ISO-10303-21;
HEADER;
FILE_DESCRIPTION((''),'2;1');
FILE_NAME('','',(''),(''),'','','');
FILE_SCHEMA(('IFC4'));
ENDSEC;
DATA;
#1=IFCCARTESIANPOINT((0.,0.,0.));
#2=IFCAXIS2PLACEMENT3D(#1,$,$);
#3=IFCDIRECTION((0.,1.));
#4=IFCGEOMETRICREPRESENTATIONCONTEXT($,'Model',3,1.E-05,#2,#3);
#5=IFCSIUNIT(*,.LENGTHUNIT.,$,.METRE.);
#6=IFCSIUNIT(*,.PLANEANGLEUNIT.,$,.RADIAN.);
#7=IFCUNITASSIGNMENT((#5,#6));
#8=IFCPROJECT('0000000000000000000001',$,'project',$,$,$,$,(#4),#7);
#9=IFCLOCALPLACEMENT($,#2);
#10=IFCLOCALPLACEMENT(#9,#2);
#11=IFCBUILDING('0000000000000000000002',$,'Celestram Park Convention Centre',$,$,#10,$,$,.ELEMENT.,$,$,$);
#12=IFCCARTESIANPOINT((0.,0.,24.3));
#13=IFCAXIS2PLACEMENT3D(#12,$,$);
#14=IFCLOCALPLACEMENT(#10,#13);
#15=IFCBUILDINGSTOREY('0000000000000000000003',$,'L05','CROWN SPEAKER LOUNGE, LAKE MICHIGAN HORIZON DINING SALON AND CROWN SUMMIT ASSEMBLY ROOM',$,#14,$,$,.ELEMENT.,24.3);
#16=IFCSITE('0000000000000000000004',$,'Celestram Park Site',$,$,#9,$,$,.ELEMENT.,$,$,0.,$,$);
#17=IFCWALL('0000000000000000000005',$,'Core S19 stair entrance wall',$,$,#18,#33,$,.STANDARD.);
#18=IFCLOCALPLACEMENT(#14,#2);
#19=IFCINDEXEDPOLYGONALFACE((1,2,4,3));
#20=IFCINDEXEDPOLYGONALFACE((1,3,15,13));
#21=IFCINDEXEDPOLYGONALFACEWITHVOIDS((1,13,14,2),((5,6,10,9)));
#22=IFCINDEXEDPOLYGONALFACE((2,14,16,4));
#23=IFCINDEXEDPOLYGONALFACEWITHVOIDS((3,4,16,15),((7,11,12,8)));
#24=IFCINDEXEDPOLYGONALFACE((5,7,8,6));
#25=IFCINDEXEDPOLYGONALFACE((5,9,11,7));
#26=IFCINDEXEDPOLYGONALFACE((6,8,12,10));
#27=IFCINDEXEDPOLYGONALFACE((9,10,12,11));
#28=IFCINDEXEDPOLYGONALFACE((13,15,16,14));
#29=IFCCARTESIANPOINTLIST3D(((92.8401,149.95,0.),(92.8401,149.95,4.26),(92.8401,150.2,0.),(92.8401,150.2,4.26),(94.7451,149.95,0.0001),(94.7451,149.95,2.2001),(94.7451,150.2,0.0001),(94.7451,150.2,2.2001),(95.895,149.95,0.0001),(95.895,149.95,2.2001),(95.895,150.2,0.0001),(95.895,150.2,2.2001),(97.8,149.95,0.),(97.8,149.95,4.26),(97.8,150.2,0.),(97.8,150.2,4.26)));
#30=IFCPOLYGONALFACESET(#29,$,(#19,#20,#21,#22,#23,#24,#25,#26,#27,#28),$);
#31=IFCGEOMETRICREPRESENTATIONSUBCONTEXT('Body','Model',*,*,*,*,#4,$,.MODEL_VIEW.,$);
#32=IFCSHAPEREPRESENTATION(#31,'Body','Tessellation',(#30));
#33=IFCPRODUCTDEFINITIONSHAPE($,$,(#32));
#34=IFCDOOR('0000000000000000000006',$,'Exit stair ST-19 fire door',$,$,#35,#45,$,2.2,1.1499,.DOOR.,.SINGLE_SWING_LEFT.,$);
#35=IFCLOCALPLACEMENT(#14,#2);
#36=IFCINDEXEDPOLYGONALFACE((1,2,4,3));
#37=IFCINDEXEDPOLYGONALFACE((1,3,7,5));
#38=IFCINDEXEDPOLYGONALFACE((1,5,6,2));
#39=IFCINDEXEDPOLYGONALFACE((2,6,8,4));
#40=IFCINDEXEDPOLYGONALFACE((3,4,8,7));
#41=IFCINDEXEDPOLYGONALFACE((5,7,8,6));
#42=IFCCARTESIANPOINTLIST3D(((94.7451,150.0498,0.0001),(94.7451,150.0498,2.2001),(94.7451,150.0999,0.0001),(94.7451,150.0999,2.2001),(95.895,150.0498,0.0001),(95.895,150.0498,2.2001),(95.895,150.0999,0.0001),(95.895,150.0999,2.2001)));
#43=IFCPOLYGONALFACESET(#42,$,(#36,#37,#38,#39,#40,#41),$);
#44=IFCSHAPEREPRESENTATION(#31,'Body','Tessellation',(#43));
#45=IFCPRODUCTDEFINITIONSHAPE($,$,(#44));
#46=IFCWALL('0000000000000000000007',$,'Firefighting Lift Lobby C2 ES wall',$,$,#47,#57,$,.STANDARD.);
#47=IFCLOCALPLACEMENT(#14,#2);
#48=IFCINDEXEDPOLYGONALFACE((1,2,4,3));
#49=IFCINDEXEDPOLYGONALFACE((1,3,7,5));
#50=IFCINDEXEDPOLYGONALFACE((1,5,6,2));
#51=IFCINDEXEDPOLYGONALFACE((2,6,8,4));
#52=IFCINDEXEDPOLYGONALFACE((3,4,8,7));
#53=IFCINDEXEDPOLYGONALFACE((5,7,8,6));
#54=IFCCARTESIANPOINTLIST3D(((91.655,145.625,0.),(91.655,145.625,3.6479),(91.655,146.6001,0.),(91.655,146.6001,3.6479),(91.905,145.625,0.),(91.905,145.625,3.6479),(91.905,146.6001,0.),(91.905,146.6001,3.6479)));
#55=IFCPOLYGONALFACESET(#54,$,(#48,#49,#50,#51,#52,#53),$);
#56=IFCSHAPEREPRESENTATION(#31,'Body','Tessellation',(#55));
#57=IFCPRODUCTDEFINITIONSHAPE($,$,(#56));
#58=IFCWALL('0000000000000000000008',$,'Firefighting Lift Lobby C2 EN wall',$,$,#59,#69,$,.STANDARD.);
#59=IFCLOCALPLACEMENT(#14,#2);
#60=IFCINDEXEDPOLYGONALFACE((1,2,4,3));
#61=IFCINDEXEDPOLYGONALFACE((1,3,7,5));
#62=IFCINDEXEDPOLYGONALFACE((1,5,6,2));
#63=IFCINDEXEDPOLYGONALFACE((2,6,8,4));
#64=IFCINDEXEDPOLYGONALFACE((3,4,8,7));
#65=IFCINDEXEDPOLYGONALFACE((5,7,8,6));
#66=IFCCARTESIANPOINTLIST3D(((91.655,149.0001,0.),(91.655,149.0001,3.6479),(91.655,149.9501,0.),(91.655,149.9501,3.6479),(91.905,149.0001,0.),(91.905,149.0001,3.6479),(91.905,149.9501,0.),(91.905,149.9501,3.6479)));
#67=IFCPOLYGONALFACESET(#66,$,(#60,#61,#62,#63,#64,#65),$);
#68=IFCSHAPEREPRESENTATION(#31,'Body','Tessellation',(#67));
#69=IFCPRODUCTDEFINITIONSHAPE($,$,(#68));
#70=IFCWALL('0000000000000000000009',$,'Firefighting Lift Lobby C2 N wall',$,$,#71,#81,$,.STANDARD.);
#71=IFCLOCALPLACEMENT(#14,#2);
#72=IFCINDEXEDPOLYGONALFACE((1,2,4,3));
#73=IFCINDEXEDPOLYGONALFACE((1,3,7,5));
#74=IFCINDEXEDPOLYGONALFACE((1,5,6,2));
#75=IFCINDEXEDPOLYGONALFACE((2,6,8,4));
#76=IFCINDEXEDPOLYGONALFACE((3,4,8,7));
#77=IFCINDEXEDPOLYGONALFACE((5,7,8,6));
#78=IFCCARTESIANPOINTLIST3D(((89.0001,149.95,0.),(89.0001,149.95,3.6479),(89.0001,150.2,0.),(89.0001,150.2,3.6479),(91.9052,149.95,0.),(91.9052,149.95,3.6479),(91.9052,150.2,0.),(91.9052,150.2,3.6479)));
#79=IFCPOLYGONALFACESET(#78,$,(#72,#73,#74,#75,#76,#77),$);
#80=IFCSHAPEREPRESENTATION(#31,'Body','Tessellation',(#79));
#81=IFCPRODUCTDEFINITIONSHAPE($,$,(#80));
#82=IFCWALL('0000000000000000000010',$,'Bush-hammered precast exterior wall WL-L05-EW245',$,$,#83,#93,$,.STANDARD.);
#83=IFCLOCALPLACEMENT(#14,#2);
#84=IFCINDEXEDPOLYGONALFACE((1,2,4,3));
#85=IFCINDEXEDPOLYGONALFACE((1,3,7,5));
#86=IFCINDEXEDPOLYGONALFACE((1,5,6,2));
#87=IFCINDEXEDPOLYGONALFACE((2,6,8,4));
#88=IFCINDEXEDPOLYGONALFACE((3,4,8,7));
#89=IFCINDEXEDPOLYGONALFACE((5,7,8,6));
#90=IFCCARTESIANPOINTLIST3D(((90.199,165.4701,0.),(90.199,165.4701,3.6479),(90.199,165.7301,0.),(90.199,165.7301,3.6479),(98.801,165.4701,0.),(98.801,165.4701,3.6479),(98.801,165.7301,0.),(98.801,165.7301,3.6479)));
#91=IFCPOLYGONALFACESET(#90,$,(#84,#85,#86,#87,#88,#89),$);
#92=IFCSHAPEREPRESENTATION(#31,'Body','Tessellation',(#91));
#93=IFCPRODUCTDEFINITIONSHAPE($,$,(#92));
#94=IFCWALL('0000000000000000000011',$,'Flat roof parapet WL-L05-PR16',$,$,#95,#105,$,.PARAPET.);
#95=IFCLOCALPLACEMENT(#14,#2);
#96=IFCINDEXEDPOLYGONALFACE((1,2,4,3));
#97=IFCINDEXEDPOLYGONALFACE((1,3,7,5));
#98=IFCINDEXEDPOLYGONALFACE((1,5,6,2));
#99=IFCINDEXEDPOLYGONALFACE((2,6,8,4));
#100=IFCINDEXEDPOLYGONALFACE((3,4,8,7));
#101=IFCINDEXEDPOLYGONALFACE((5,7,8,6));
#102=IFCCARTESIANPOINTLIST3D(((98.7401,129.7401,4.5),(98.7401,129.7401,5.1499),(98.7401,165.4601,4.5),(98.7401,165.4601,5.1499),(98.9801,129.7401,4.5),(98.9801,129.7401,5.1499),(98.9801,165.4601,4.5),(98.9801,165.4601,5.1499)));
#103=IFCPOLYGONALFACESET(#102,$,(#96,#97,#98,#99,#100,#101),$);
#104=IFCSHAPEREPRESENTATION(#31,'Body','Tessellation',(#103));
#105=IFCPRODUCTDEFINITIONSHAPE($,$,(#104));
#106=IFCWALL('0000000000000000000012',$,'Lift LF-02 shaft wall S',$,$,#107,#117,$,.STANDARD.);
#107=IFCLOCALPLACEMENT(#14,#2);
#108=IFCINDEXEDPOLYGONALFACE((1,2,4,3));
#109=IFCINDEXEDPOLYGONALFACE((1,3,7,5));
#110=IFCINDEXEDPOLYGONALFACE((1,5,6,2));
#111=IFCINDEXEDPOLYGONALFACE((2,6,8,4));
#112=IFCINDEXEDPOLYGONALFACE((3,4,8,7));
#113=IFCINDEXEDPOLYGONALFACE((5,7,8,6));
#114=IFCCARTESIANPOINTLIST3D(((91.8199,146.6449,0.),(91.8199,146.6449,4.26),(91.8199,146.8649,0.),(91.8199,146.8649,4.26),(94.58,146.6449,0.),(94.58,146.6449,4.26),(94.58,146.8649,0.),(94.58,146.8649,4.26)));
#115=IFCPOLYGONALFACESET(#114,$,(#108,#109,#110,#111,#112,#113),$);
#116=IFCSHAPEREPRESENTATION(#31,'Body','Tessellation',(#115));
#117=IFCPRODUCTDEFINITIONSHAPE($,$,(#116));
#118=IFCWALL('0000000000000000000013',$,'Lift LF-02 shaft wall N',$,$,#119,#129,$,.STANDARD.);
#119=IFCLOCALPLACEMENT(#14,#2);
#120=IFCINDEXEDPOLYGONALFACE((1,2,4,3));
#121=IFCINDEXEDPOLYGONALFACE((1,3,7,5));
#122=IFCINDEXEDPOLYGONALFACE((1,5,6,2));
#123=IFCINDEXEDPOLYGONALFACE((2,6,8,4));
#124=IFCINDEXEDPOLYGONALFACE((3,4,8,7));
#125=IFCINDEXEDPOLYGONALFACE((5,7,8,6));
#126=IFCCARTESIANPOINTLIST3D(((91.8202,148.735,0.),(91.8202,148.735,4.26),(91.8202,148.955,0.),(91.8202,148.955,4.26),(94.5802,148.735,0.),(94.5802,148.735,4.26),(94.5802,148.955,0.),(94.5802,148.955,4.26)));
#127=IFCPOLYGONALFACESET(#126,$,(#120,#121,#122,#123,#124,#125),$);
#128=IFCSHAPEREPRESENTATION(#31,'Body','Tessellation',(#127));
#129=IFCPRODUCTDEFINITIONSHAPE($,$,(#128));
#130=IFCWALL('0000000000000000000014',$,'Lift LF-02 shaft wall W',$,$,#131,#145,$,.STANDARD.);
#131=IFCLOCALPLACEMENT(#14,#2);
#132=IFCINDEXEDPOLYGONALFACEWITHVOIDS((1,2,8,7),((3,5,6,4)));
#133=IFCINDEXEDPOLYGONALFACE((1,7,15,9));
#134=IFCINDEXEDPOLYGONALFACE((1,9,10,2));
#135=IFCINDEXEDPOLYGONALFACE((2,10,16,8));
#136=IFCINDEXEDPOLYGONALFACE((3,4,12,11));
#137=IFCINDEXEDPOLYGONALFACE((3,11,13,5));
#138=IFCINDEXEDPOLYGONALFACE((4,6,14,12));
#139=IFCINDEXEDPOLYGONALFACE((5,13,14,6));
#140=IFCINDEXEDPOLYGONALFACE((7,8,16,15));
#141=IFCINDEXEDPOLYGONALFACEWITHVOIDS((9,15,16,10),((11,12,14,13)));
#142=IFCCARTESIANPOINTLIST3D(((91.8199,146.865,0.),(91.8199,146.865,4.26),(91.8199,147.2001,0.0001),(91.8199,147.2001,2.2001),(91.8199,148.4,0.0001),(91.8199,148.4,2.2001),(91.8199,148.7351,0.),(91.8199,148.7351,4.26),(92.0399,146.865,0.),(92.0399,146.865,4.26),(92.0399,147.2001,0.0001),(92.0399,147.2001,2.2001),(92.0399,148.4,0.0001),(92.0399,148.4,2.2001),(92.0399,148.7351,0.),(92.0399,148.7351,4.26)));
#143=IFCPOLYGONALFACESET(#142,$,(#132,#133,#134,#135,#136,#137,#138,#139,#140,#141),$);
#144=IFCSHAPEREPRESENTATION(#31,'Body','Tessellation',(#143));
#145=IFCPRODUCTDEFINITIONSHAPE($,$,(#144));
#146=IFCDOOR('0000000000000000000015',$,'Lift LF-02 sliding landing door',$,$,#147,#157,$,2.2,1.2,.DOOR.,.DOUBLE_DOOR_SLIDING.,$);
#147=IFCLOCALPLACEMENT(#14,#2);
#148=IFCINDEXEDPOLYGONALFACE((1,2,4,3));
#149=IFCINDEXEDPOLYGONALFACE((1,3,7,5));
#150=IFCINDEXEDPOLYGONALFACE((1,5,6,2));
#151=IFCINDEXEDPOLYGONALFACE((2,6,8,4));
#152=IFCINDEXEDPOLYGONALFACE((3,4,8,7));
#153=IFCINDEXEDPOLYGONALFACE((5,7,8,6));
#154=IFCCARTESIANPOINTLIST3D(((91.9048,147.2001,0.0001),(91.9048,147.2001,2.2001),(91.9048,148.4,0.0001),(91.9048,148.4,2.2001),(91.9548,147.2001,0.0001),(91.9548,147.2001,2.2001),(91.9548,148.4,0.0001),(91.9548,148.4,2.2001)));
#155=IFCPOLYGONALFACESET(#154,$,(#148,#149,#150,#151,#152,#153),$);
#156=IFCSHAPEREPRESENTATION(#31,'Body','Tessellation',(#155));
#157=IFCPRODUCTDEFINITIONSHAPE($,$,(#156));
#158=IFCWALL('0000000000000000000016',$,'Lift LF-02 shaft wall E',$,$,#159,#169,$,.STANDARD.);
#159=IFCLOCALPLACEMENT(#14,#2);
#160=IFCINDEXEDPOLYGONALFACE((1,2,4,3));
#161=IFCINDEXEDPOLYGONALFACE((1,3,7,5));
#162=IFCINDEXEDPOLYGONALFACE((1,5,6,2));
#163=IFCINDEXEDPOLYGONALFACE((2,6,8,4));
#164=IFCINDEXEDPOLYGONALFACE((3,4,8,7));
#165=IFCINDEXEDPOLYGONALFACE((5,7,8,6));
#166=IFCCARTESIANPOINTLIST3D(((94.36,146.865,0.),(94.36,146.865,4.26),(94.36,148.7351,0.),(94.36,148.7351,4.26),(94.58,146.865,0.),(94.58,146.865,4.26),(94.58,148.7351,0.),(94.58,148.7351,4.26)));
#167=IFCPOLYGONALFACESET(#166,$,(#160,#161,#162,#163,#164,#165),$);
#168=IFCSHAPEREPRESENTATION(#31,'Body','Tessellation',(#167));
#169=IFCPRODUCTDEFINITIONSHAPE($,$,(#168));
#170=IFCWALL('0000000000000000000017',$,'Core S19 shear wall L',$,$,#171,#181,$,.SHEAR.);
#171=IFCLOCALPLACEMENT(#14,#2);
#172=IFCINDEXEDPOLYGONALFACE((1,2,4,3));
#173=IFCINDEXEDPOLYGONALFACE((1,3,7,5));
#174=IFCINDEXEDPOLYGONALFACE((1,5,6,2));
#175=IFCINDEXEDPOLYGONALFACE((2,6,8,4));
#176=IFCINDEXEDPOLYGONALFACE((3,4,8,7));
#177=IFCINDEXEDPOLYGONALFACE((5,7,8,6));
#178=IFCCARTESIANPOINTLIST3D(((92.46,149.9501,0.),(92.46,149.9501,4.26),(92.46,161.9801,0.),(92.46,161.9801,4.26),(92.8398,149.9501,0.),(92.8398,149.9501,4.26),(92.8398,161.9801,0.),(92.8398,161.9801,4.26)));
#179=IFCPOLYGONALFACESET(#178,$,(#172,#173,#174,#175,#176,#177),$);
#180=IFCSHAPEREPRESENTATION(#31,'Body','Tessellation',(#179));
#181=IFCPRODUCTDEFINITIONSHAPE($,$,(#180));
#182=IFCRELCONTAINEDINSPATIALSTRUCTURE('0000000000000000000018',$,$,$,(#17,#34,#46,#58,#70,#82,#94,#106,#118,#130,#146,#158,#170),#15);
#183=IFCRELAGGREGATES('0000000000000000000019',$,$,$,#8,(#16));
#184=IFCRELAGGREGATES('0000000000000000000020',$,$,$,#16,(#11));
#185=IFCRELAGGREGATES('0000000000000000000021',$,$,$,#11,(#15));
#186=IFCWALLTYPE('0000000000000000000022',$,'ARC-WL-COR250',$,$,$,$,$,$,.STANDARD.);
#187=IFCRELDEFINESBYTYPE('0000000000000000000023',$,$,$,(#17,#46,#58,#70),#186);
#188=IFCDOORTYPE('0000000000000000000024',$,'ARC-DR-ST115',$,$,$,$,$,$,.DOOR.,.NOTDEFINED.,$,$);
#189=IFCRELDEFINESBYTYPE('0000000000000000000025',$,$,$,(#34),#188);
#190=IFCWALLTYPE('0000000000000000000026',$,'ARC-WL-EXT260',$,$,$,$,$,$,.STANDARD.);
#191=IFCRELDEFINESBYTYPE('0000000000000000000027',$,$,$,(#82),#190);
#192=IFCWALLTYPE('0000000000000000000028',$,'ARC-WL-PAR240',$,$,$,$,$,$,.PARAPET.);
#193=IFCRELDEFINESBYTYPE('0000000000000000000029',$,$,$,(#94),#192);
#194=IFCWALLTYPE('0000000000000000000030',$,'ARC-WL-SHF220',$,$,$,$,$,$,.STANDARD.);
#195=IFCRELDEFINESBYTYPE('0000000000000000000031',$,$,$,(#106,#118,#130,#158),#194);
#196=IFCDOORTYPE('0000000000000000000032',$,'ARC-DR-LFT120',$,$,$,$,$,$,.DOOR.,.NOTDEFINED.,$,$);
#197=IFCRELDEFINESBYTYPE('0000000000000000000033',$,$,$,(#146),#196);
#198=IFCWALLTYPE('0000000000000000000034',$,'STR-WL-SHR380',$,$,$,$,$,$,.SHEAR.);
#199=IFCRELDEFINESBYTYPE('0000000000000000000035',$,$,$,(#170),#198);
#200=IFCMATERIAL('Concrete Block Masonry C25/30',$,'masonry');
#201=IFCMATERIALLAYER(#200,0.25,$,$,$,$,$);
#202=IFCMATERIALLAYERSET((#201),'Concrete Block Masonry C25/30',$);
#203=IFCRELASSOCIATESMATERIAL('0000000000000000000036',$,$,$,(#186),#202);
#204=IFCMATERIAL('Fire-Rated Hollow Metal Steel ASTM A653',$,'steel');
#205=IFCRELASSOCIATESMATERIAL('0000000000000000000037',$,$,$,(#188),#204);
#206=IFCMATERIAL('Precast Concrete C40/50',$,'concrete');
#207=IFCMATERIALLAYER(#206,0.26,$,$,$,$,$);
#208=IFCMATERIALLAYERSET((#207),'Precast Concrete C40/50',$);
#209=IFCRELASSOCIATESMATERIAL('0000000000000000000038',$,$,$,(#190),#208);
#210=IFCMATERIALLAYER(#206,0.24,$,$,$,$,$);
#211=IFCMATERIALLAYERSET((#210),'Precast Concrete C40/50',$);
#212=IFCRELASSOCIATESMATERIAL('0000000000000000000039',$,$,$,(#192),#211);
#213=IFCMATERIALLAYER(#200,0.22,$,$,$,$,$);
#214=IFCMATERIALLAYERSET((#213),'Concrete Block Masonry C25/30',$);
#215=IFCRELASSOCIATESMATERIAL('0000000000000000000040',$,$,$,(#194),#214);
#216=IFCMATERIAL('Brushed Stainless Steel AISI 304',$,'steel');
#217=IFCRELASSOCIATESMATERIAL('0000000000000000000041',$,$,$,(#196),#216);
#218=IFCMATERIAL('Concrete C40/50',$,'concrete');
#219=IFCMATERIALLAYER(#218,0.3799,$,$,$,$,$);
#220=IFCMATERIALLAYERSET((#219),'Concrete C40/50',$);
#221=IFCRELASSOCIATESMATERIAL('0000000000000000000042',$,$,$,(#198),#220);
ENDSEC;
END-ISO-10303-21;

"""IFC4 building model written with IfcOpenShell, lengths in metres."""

from ifc_helpers import new_model, si_unit, direction, frame, frame_2d, origin, place, context, subcontext, project, spatial, rectangle, extrude, material, layer, layer_set, type_object, element, fill, save


model = new_model("IFC4")

# Units and contexts
model_context = context("Model", 3, precision=1e-05, world=origin(), true_north=direction((0.0, 1.0)))
body_context = subcontext(model_context, "Body", "Model", "MODEL_VIEW")
ifc_project = project(units=[si_unit("LENGTHUNIT", "METRE"), si_unit("PLANEANGLEUNIT", "RADIAN")], contexts=[model_context])

# Site, building, storey
site_placement = place(None, origin())
site = spatial("IfcSite", under=ifc_project, at=site_placement, Name="Celestram Park Site", CompositionType="ELEMENT", RefElevation=0.0)
building_placement = place(site_placement, origin())
building = spatial("IfcBuilding", under=site, at=building_placement, Name="Celestram Park Convention Centre", CompositionType="ELEMENT")
storey_placement = place(building_placement, frame((0.0, 0.0, 24.3)))
storey = spatial("IfcBuildingStorey", under=building, at=storey_placement, Name="L05", Description="CROWN SPEAKER LOUNGE, LAKE MICHIGAN HORIZON DINING SALON AND CROWN SUMMIT ASSEMBLY ROOM", CompositionType="ELEMENT", Elevation=24.3)

# Wall, opening, door
ifc_material_1 = material(Name="Concrete Block Masonry C25/30", Category="masonry")
ifc_layer_1 = layer(ifc_material_1, 0.25)
ifc_layer_set_1 = layer_set([ifc_layer_1], Name="Concrete Block Masonry C25/30")
wall_type_1 = type_object("IfcWallType", Name="ARC-WL-COR250", PredefinedType="STANDARD", material=ifc_layer_set_1)
wall_1_placement = place(storey_placement, frame((92.8401, 150.075, 0.0), z_axis=(0.0, 0.0, 1.0), x_axis=(1.0, 0.0, 0.0)))
wall_1 = element("IfcWall", 1, at=wall_1_placement, inside=storey, type_object=wall_type_1, Name="Core S19 stair entrance wall", PredefinedType="STANDARD", context=body_context, shape_type="SweptSolid", body=[
    extrude(rectangle(XDim=4.96, YDim=0.25, at=frame_2d((2.48, 0.0))), origin(), (0.0, 0.0, 1.0), 4.26),
])
opening_1_placement = place(wall_1_placement, frame((1.905, 0.0, 0.0)))
opening_1 = element("IfcOpeningElement", 2, at=opening_1_placement, cuts=wall_1, PredefinedType="OPENING", context=body_context, shape_type="SweptSolid", body=[
    extrude(rectangle(XDim=1.1499, YDim=2.2, at=frame_2d((0.575, 1.1001))), frame((0.0, 0.135, 0.0), z_axis=(0.0, -1.0, 0.0), x_axis=(1.0, 0.0, 0.0)), (0.0, 0.0, 1.0), 0.27),
])
ifc_material_2 = material(Name="Fire-Rated Hollow Metal Steel ASTM A653", Category="steel")
door_type_1 = type_object("IfcDoorType", Name="ARC-DR-ST115", OperationType="NOTDEFINED", PredefinedType="DOOR", material=ifc_material_2)
door_1_placement = place(opening_1_placement, origin())
door_1 = element("IfcDoor", 3, at=door_1_placement, inside=storey, type_object=door_type_1, Name="Exit stair ST-19 fire door", OperationType="SINGLE_SWING_LEFT", OverallHeight=2.2, OverallWidth=1.1499, PredefinedType="DOOR", context=body_context, shape_type="SweptSolid", body=[
    extrude(rectangle(XDim=1.1499, YDim=2.2, at=frame_2d((0.575, 1.1001))), frame((0.0, 0.0249, 0.0), z_axis=(0.0, -1.0, 0.0), x_axis=(1.0, 0.0, 0.0)), (0.0, 0.0, 1.0), 0.05),
])
fill(opening_1, door_1)

# Walls
wall_2_placement = place(storey_placement, frame((91.78, 145.625, 0.0), z_axis=(0.0, 0.0, 1.0), x_axis=(0.0, 1.0, 0.0)))
element("IfcWall", 4, at=wall_2_placement, inside=storey, type_object=wall_type_1, Name="Firefighting Lift Lobby C2 ES wall", PredefinedType="STANDARD", context=body_context, shape_type="SweptSolid", body=[
    extrude(rectangle(XDim=0.9751, YDim=0.25, at=frame_2d((0.4875, 0.0))), origin(), (0.0, 0.0, 1.0), 3.6479),
])
wall_3_placement = place(storey_placement, frame((91.78, 149.0, 0.0), z_axis=(0.0, 0.0, 1.0), x_axis=(0.0, 1.0, 0.0)))
element("IfcWall", 5, at=wall_3_placement, inside=storey, type_object=wall_type_1, Name="Firefighting Lift Lobby C2 EN wall", PredefinedType="STANDARD", context=body_context, shape_type="SweptSolid", body=[
    extrude(rectangle(XDim=0.95, YDim=0.25, at=frame_2d((0.4751, 0.0))), origin(), (0.0, 0.0, 1.0), 3.6479),
])
wall_4_placement = place(storey_placement, frame((89.0, 150.075, 0.0), z_axis=(0.0, 0.0, 1.0), x_axis=(1.0, 0.0, 0.0)))
element("IfcWall", 6, at=wall_4_placement, inside=storey, type_object=wall_type_1, Name="Firefighting Lift Lobby C2 N wall", PredefinedType="STANDARD", context=body_context, shape_type="SweptSolid", body=[
    extrude(rectangle(XDim=2.905, YDim=0.25, at=frame_2d((1.4526, 0.0))), origin(), (0.0, 0.0, 1.0), 3.6479),
])
ifc_material_3 = material(Name="Precast Concrete C40/50", Category="concrete")
ifc_layer_2 = layer(ifc_material_3, 0.26)
ifc_layer_set_2 = layer_set([ifc_layer_2], Name="Precast Concrete C40/50")
wall_type_2 = type_object("IfcWallType", Name="ARC-WL-EXT260", PredefinedType="STANDARD", material=ifc_layer_set_2)
wall_5_placement = place(storey_placement, frame((90.199, 165.6001, 0.0), z_axis=(0.0, 0.0, 1.0), x_axis=(1.0, 0.0, 0.0)))
element("IfcWall", 7, at=wall_5_placement, inside=storey, type_object=wall_type_2, Name="Bush-hammered precast exterior wall WL-L05-EW245", PredefinedType="STANDARD", context=body_context, shape_type="SweptSolid", body=[
    extrude(rectangle(XDim=8.6021, YDim=0.26, at=frame_2d((4.301, 0.0))), origin(), (0.0, 0.0, 1.0), 3.6479),
])
ifc_layer_3 = layer(ifc_material_3, 0.24)
ifc_layer_set_3 = layer_set([ifc_layer_3], Name="Precast Concrete C40/50")
wall_type_3 = type_object("IfcWallType", Name="ARC-WL-PAR240", PredefinedType="PARAPET", material=ifc_layer_set_3)
wall_6_placement = place(storey_placement, frame((98.8601, 165.46, 4.5), z_axis=(0.0, 0.0, 1.0), x_axis=(0.0, -1.0, 0.0)))
element("IfcWall", 8, at=wall_6_placement, inside=storey, type_object=wall_type_3, Name="Flat roof parapet WL-L05-PR16", PredefinedType="PARAPET", context=body_context, shape_type="SweptSolid", body=[
    extrude(rectangle(XDim=35.72, YDim=0.24, at=frame_2d((17.8599, 0.0))), origin(), (0.0, 0.0, 1.0), 0.6499),
])
ifc_layer_4 = layer(ifc_material_1, 0.22)
ifc_layer_set_4 = layer_set([ifc_layer_4], Name="Concrete Block Masonry C25/30")
wall_type_4 = type_object("IfcWallType", Name="ARC-WL-SHF220", PredefinedType="STANDARD", material=ifc_layer_set_4)
for number, where, z_axis, x_axis, name in (
    (9, (91.8201, 146.7549, 0.0), (0.0, 0.0, 1.0), (1.0, 0.0, 0.0), "Lift LF-02 shaft wall S"),
    (10, (94.5801, 148.845, 0.0), (0.0, 0.0, 1.0), (-1.0, 0.0, 0.0), "Lift LF-02 shaft wall N"),
):
    element("IfcWall", number, at=place(storey_placement, frame(where, z_axis=z_axis, x_axis=x_axis)), inside=storey, type_object=wall_type_4, Name=name, PredefinedType="STANDARD", context=body_context, shape_type="SweptSolid", body=[
        extrude(rectangle(XDim=2.76, YDim=0.22, at=frame_2d((1.3799, 0.0))), origin(), (0.0, 0.0, 1.0), 4.26),
    ])

# Wall, opening, door
wall_7_placement = place(storey_placement, frame((91.9299, 148.7351, 0.0), z_axis=(0.0, 0.0, 1.0), x_axis=(0.0, -1.0, 0.0)))
wall_7 = element("IfcWall", 11, at=wall_7_placement, inside=storey, type_object=wall_type_4, Name="Lift LF-02 shaft wall W", PredefinedType="STANDARD", context=body_context, shape_type="SweptSolid", body=[
    extrude(rectangle(XDim=1.8701, YDim=0.22, at=frame_2d((0.9351, 0.0))), origin(), (0.0, 0.0, 1.0), 4.26),
])
opening_2_placement = place(wall_7_placement, frame((0.335, 0.0, 0.0)))
opening_2 = element("IfcOpeningElement", 12, at=opening_2_placement, cuts=wall_7, PredefinedType="OPENING", context=body_context, shape_type="SweptSolid", body=[
    extrude(rectangle(XDim=1.2, YDim=2.2, at=frame_2d((0.6001, 1.1001))), frame((0.0, 0.1199, 0.0), z_axis=(0.0, -1.0, 0.0), x_axis=(1.0, 0.0, 0.0)), (0.0, 0.0, 1.0), 0.24),
])
ifc_material_4 = material(Name="Brushed Stainless Steel AISI 304", Category="steel")
door_type_2 = type_object("IfcDoorType", Name="ARC-DR-LFT120", OperationType="NOTDEFINED", PredefinedType="DOOR", material=ifc_material_4)
door_2_placement = place(opening_2_placement, origin())
door_2 = element("IfcDoor", 13, at=door_2_placement, inside=storey, type_object=door_type_2, Name="Lift LF-02 sliding landing door", OperationType="DOUBLE_DOOR_SLIDING", OverallHeight=2.2, OverallWidth=1.2, PredefinedType="DOOR", context=body_context, shape_type="SweptSolid", body=[
    extrude(rectangle(XDim=1.2, YDim=2.2, at=frame_2d((0.6001, 1.1001))), frame((0.0, 0.0249, 0.0), z_axis=(0.0, -1.0, 0.0), x_axis=(1.0, 0.0, 0.0)), (0.0, 0.0, 1.0), 0.05),
])
fill(opening_2, door_2)

# Walls
wall_8_placement = place(storey_placement, frame((94.47, 146.865, 0.0), z_axis=(0.0, 0.0, 1.0), x_axis=(0.0, 1.0, 0.0)))
element("IfcWall", 14, at=wall_8_placement, inside=storey, type_object=wall_type_4, Name="Lift LF-02 shaft wall E", PredefinedType="STANDARD", context=body_context, shape_type="SweptSolid", body=[
    extrude(rectangle(XDim=1.8701, YDim=0.22, at=frame_2d((0.9351, 0.0))), origin(), (0.0, 0.0, 1.0), 4.26),
])
ifc_material_5 = material(Name="Concrete C40/50", Category="concrete")
ifc_layer_5 = layer(ifc_material_5, 0.3799)
ifc_layer_set_5 = layer_set([ifc_layer_5], Name="Concrete C40/50")
wall_type_5 = type_object("IfcWallType", Name="STR-WL-SHR380", PredefinedType="SHEAR", material=ifc_layer_set_5)
for number, where, z_axis, x_axis, name in (
    (15, (92.6499, 149.95, 0.0), (0.0, 0.0, 1.0), (0.0, 1.0, 0.0), "Core S19 shear wall L"),
):
    element("IfcWall", number, at=place(storey_placement, frame(where, z_axis=z_axis, x_axis=x_axis)), inside=storey, type_object=wall_type_5, Name=name, PredefinedType="SHEAR", context=body_context, shape_type="SweptSolid", body=[
        extrude(rectangle(XDim=12.03, YDim=0.3799, at=frame_2d((6.0151, 0.0))), origin(), (0.0, 0.0, 1.0), 4.26),
    ])

save(model, "model.ifc")
